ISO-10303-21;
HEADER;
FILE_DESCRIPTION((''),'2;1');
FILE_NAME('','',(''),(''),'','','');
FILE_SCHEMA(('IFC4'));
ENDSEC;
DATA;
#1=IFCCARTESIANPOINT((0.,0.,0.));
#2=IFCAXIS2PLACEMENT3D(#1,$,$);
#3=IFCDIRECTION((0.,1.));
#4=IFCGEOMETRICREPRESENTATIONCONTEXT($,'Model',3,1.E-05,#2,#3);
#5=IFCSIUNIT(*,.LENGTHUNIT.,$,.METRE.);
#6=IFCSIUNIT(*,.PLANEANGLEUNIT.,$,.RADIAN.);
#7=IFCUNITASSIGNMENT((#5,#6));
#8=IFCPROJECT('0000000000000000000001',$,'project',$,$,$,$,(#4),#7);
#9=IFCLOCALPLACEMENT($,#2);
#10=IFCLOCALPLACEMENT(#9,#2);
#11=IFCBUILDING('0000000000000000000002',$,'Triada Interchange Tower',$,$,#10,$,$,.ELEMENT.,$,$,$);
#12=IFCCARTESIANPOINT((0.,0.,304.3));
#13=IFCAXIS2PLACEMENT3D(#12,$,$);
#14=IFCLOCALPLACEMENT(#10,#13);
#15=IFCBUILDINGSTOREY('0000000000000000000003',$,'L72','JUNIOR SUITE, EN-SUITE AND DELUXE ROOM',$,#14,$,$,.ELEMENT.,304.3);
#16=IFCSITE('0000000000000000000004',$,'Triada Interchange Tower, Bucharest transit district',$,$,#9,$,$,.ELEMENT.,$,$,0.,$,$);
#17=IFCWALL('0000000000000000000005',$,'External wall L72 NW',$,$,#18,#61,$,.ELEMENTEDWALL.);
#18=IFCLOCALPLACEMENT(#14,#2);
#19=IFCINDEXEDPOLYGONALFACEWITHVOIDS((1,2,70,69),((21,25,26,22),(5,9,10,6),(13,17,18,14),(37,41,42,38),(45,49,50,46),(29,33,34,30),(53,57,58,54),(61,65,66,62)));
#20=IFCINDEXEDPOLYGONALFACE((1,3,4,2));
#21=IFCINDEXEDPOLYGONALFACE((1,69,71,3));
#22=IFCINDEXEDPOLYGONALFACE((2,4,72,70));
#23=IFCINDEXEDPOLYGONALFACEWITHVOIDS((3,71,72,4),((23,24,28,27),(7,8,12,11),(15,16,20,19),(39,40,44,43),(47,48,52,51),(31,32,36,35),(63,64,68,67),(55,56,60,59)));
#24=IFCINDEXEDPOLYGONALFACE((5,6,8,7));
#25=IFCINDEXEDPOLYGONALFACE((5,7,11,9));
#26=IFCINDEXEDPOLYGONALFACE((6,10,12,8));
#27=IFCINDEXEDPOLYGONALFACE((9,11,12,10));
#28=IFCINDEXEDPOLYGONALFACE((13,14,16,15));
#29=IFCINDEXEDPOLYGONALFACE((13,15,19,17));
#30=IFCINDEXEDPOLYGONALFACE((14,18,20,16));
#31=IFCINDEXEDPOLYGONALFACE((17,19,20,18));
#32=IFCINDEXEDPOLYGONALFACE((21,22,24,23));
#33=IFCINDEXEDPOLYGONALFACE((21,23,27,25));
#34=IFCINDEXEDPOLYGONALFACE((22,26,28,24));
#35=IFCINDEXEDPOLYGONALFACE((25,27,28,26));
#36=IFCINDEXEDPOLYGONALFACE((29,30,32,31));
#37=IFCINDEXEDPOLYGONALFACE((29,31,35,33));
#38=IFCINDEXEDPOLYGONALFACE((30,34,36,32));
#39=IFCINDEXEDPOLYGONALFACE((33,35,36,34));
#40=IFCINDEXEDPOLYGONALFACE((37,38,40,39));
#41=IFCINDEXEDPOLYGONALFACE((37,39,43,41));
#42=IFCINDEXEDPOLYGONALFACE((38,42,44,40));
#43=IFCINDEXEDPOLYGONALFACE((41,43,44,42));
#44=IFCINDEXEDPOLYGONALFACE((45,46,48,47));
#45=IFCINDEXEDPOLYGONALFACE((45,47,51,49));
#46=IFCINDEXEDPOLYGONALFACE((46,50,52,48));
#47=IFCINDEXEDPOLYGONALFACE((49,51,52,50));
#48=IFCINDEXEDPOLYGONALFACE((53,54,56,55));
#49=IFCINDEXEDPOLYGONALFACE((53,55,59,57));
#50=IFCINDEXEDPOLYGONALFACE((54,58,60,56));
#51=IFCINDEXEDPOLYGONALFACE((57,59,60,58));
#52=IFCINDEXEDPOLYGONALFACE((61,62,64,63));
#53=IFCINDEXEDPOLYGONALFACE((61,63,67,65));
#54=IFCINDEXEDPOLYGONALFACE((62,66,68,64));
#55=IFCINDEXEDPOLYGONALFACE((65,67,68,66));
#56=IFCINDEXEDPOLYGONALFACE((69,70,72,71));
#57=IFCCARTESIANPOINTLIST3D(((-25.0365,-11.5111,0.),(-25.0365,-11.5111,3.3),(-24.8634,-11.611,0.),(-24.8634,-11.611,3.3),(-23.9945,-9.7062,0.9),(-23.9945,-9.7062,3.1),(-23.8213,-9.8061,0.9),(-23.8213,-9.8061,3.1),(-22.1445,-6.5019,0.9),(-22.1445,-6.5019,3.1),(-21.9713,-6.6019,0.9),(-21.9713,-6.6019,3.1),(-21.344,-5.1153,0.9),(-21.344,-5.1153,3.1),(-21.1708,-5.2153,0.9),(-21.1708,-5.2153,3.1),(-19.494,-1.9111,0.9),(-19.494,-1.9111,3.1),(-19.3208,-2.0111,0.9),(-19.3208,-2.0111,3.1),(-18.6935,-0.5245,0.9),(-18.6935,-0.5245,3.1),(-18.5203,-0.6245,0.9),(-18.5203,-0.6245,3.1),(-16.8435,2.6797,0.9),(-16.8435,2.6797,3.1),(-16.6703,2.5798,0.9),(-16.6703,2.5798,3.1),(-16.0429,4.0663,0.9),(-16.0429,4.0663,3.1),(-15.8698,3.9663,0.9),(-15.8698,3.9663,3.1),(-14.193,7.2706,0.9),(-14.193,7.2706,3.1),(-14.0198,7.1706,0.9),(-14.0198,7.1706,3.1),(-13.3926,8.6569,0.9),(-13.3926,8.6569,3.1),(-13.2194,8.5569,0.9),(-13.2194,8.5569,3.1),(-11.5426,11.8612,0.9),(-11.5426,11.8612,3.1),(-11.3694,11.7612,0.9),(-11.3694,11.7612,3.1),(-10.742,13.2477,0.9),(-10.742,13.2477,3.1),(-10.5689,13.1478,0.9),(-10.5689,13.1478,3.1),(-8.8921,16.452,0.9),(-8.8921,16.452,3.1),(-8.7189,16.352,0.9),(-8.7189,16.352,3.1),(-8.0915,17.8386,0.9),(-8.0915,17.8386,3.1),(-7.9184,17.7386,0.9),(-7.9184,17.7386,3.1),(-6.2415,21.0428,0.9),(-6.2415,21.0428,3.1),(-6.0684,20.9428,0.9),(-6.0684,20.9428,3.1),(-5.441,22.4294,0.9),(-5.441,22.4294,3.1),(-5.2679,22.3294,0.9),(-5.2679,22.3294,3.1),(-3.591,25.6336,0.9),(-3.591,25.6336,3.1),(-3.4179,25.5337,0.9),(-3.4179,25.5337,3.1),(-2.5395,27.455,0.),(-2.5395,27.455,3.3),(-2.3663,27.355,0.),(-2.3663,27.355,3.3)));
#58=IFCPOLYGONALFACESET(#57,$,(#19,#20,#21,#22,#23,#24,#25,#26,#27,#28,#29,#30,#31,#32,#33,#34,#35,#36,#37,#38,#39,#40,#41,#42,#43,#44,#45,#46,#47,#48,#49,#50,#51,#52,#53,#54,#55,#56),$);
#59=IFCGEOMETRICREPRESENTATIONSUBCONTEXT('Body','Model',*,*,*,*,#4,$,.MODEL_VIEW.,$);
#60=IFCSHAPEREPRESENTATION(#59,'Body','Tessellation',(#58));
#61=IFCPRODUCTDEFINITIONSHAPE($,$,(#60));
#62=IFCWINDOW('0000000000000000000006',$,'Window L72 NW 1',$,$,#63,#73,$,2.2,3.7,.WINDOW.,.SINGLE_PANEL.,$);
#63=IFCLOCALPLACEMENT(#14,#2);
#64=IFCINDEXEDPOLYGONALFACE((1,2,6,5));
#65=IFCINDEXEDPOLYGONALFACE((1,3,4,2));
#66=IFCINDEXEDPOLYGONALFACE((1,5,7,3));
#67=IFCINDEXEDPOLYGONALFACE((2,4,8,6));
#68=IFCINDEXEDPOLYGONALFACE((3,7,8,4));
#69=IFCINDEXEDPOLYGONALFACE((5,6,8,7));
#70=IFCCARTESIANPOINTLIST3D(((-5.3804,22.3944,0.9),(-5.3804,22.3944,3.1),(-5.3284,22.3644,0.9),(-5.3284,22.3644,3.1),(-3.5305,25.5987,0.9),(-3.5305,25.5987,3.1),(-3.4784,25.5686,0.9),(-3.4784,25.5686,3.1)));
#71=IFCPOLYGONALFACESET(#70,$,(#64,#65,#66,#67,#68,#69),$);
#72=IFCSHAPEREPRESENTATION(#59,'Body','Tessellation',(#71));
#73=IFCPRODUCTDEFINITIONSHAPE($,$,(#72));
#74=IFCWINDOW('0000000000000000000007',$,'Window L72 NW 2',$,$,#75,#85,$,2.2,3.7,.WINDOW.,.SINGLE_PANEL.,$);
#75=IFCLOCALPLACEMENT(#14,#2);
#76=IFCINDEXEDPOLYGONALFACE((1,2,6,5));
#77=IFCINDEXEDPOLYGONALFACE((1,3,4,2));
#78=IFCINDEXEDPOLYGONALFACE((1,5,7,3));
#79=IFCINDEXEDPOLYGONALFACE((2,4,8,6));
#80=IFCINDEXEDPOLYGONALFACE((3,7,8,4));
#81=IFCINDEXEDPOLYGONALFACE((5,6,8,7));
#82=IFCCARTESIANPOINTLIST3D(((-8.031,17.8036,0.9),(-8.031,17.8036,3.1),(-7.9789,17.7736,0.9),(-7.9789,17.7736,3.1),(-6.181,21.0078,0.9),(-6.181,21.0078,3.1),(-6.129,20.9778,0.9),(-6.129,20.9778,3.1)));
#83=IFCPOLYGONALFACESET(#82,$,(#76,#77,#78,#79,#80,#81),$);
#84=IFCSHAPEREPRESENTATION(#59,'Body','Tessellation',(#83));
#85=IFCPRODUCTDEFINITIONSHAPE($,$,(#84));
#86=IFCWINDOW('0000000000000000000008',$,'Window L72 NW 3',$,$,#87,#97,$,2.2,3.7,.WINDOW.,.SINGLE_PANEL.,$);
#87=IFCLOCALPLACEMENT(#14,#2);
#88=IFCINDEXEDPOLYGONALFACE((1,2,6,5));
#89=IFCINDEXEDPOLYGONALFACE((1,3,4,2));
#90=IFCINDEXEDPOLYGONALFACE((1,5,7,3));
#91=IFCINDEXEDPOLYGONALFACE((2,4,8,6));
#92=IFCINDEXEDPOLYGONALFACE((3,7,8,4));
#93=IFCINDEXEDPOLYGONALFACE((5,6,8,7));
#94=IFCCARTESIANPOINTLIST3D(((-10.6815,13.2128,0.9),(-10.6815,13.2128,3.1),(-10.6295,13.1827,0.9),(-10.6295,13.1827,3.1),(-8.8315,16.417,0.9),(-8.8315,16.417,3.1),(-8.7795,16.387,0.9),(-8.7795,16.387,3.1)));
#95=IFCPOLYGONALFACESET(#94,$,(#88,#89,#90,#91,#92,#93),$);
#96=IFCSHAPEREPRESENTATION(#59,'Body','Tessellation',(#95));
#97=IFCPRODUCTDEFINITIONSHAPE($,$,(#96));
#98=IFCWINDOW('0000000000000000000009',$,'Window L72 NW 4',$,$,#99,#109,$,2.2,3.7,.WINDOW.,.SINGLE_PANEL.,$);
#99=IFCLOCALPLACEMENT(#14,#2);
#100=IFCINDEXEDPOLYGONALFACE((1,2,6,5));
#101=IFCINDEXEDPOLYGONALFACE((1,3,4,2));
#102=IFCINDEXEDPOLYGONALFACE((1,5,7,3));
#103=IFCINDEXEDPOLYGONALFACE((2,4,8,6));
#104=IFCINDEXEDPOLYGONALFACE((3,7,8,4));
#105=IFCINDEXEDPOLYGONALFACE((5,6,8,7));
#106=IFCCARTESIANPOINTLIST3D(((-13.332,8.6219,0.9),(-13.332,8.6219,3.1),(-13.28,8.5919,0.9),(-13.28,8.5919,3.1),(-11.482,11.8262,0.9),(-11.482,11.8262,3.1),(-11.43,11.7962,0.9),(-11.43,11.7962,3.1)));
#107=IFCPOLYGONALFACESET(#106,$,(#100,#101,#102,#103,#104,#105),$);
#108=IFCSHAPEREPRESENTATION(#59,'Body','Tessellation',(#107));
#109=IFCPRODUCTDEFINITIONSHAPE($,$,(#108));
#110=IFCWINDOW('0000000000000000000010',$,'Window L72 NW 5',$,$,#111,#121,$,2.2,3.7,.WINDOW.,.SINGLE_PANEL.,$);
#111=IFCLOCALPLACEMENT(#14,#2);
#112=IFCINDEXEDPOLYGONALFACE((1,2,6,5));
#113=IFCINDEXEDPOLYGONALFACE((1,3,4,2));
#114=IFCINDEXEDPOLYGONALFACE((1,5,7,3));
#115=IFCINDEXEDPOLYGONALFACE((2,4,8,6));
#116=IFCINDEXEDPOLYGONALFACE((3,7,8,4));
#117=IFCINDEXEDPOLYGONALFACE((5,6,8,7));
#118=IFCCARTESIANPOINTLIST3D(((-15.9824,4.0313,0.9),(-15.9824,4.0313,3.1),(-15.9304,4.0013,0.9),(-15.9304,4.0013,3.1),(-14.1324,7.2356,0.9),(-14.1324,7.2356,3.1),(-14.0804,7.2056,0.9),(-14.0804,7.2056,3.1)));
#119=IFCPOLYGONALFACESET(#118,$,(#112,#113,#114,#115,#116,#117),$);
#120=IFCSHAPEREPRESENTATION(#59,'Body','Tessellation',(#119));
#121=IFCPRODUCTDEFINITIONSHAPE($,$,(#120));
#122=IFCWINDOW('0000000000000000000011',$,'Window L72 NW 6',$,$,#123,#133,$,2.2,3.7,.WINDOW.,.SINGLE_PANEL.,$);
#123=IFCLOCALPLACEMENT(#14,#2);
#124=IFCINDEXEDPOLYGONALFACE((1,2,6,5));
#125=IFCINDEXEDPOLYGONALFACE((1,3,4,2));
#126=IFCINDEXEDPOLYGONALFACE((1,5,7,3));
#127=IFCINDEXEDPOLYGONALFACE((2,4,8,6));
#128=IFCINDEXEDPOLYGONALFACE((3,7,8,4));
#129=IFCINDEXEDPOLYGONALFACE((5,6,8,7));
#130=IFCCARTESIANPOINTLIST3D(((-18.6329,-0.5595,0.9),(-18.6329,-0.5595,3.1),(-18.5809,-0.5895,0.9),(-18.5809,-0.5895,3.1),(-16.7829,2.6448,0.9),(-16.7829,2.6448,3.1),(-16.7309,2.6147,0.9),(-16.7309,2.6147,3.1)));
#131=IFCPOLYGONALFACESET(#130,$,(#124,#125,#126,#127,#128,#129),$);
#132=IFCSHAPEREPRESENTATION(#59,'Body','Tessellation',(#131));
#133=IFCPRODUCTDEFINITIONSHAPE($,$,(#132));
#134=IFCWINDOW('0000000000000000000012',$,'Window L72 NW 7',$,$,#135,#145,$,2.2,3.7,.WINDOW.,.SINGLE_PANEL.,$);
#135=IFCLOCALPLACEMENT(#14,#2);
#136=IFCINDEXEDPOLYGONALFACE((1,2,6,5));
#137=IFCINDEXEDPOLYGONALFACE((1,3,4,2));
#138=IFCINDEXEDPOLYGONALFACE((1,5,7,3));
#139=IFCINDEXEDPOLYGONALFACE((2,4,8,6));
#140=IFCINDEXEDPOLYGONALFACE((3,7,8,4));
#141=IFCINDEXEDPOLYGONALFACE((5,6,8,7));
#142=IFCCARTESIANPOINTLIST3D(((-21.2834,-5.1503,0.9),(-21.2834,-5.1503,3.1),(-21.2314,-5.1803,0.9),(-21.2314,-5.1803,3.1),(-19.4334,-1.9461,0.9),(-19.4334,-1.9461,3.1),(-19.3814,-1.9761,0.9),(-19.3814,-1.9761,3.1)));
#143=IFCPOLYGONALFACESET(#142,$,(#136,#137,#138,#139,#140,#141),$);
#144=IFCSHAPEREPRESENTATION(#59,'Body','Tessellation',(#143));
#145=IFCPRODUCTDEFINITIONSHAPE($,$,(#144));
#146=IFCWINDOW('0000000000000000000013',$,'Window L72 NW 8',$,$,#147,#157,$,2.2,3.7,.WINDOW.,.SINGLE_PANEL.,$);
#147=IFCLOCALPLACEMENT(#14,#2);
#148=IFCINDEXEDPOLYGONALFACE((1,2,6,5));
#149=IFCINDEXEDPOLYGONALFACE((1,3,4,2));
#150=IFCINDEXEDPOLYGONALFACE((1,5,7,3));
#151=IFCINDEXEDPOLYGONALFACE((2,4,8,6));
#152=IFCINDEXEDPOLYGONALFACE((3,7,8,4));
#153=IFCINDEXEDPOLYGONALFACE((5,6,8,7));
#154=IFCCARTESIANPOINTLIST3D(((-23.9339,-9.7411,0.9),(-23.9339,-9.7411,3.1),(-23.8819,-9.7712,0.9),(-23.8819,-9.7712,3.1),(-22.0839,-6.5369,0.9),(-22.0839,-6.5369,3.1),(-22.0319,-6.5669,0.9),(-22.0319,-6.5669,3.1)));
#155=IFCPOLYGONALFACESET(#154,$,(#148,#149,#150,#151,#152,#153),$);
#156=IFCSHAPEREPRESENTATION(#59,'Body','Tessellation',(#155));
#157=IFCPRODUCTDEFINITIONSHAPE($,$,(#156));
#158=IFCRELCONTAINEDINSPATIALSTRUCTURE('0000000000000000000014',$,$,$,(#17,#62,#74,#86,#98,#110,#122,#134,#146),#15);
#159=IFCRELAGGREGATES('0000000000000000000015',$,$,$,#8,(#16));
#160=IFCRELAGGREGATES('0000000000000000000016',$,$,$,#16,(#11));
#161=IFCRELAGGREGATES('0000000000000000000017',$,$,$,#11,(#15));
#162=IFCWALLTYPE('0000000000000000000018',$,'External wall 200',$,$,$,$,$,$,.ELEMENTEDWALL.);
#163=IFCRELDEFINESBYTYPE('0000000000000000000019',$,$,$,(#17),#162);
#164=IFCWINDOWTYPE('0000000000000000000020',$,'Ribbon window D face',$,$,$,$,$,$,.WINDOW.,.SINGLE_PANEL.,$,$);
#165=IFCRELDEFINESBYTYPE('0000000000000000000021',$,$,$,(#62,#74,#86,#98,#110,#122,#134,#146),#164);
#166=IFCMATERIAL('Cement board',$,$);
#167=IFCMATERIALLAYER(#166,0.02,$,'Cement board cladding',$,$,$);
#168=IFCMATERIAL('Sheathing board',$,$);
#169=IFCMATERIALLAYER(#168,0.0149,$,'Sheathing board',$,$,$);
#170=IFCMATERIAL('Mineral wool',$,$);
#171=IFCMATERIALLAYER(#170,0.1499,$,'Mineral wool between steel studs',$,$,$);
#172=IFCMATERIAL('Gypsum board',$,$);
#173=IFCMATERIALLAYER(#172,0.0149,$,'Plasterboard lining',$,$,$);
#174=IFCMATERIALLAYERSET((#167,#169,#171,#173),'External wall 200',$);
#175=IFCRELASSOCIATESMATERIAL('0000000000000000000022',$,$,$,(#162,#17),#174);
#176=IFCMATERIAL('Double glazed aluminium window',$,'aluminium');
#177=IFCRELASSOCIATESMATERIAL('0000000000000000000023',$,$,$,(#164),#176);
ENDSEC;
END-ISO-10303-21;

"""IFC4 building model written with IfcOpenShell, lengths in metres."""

from ifc_helpers import new_model, si_unit, direction, frame, frame_2d, origin, place, context, subcontext, project, spatial, rectangle, extrude, material, layer, layer_set, layer_usage, type_object, element, fill, save


model = new_model("IFC4")

# Units and contexts
model_context = context("Model", 3, precision=1e-05, world=origin(), true_north=direction((0.0, 1.0)))
body_context = subcontext(model_context, "Body", "Model", "MODEL_VIEW")
ifc_project = project(units=[si_unit("LENGTHUNIT", "METRE"), si_unit("PLANEANGLEUNIT", "RADIAN")], contexts=[model_context])

# Site, building, storey
site_placement = place(None, origin())
site = spatial("IfcSite", under=ifc_project, at=site_placement, Name="Triada Interchange Tower, Bucharest transit district", CompositionType="ELEMENT", RefElevation=0.0)
building_placement = place(site_placement, origin())
building = spatial("IfcBuilding", under=site, at=building_placement, Name="Triada Interchange Tower", CompositionType="ELEMENT")
storey_placement = place(building_placement, frame((0.0, 0.0, 304.3)))
storey = spatial("IfcBuildingStorey", under=building, at=storey_placement, Name="L72", Description="JUNIOR SUITE, EN-SUITE AND DELUXE ROOM", CompositionType="ELEMENT", Elevation=304.3)

# Wall, openings, windows
ifc_material_1 = material(Name="Cement board")
ifc_layer_1 = layer(ifc_material_1, 0.02, Name="Cement board cladding")
ifc_material_2 = material(Name="Sheathing board")
ifc_layer_2 = layer(ifc_material_2, 0.0149, Name="Sheathing board")
ifc_material_3 = material(Name="Mineral wool")
ifc_layer_3 = layer(ifc_material_3, 0.1499, Name="Mineral wool between steel studs")
ifc_material_4 = material(Name="Gypsum board")
ifc_layer_4 = layer(ifc_material_4, 0.0149, Name="Plasterboard lining")
ifc_layer_set_1 = layer_set([ifc_layer_1, ifc_layer_2, ifc_layer_3, ifc_layer_4], Name="External wall 200")
ifc_layer_usage = layer_usage(ifc_layer_set_1, "AXIS2", "POSITIVE", -0.1001)
wall_type_1 = type_object("IfcWallType", Name="External wall 200", PredefinedType="ELEMENTEDWALL", material=ifc_layer_set_1)
wall_1_placement = place(storey_placement, frame((-2.4529, 27.405, 0.0), z_axis=(0.0, 0.0, 1.0), x_axis=(-0.5, -0.866025, 0.0)))
wall_1 = element("IfcWall", 1, at=wall_1_placement, inside=storey, type_object=wall_type_1, material=ifc_layer_usage, Name="External wall L72 NW", PredefinedType="ELEMENTEDWALL", context=body_context, shape_type="SweptSolid", body=[
    extrude(rectangle(XDim=44.9941, YDim=0.2, at=frame_2d((22.4971, 0.0))), origin(), (0.0, 0.0, 1.0), 3.3),
])
opening_1_placement = place(wall_1_placement, frame((2.103, 0.0, 0.8999)))
opening_1 = element("IfcOpeningElement", 2, at=opening_1_placement, cuts=wall_1, PredefinedType="OPENING", context=body_context, shape_type="SweptSolid", body=[
    extrude(rectangle(XDim=3.7, YDim=2.2, at=frame_2d((1.8501, 1.1001))), frame((0.0, 0.1099, 0.0), z_axis=(0.0, -1.0, 0.0), x_axis=(1.0, 0.0, 0.0)), (0.0, 0.0, 1.0), 0.22),
])
opening_2_placement = place(wall_1_placement, frame((7.4041, 0.0, 0.8999)))
opening_2 = element("IfcOpeningElement", 3, at=opening_2_placement, cuts=wall_1, PredefinedType="OPENING", context=body_context, shape_type="SweptSolid", body=[
    extrude(rectangle(XDim=3.7, YDim=2.2, at=frame_2d((1.8501, 1.1001))), frame((0.0, 0.1099, 0.0), z_axis=(0.0, -1.0, 0.0), x_axis=(1.0, 0.0, 0.0)), (0.0, 0.0, 1.0), 0.22),
])
opening_3_placement = place(wall_1_placement, frame((12.7051, 0.0, 0.8999)))
opening_3 = element("IfcOpeningElement", 4, at=opening_3_placement, cuts=wall_1, PredefinedType="OPENING", context=body_context, shape_type="SweptSolid", body=[
    extrude(rectangle(XDim=3.7, YDim=2.2, at=frame_2d((1.8501, 1.1001))), frame((0.0, 0.1099, 0.0), z_axis=(0.0, -1.0, 0.0), x_axis=(1.0, 0.0, 0.0)), (0.0, 0.0, 1.0), 0.22),
])
opening_4_placement = place(wall_1_placement, frame((18.0061, 0.0, 0.8999)))
opening_4 = element("IfcOpeningElement", 5, at=opening_4_placement, cuts=wall_1, PredefinedType="OPENING", context=body_context, shape_type="SweptSolid", body=[
    extrude(rectangle(XDim=3.7, YDim=2.2, at=frame_2d((1.8501, 1.1001))), frame((0.0, 0.1099, 0.0), z_axis=(0.0, -1.0, 0.0), x_axis=(1.0, 0.0, 0.0)), (0.0, 0.0, 1.0), 0.22),
])
opening_5_placement = place(wall_1_placement, frame((23.3069, 0.0, 0.8999)))
opening_5 = element("IfcOpeningElement", 6, at=opening_5_placement, cuts=wall_1, PredefinedType="OPENING", context=body_context, shape_type="SweptSolid", body=[
    extrude(rectangle(XDim=3.7, YDim=2.2, at=frame_2d((1.8501, 1.1001))), frame((0.0, 0.1099, 0.0), z_axis=(0.0, -1.0, 0.0), x_axis=(1.0, 0.0, 0.0)), (0.0, 0.0, 1.0), 0.22),
])
opening_6_placement = place(wall_1_placement, frame((28.6079, 0.0, 0.8999)))
opening_6 = element("IfcOpeningElement", 7, at=opening_6_placement, cuts=wall_1, PredefinedType="OPENING", context=body_context, shape_type="SweptSolid", body=[
    extrude(rectangle(XDim=3.7, YDim=2.2, at=frame_2d((1.8501, 1.1001))), frame((0.0, 0.1099, 0.0), z_axis=(0.0, -1.0, 0.0), x_axis=(1.0, 0.0, 0.0)), (0.0, 0.0, 1.0), 0.22),
])
opening_7_placement = place(wall_1_placement, frame((33.9089, 0.0, 0.8999)))
opening_7 = element("IfcOpeningElement", 8, at=opening_7_placement, cuts=wall_1, PredefinedType="OPENING", context=body_context, shape_type="SweptSolid", body=[
    extrude(rectangle(XDim=3.7, YDim=2.2, at=frame_2d((1.8501, 1.1001))), frame((0.0, 0.1099, 0.0), z_axis=(0.0, -1.0, 0.0), x_axis=(1.0, 0.0, 0.0)), (0.0, 0.0, 1.0), 0.22),
])
opening_8_placement = place(wall_1_placement, frame((39.21, 0.0, 0.8999)))
opening_8 = element("IfcOpeningElement", 9, at=opening_8_placement, cuts=wall_1, PredefinedType="OPENING", context=body_context, shape_type="SweptSolid", body=[
    extrude(rectangle(XDim=3.7, YDim=2.2, at=frame_2d((1.8501, 1.1001))), frame((0.0, 0.1099, 0.0), z_axis=(0.0, -1.0, 0.0), x_axis=(1.0, 0.0, 0.0)), (0.0, 0.0, 1.0), 0.22),
])
ifc_material_5 = material(Name="Double glazed aluminium window", Category="aluminium")
window_type = type_object("IfcWindowType", Name="Ribbon window D face", PartitioningType="SINGLE_PANEL", PredefinedType="WINDOW", material=ifc_material_5)
window_1_placement = place(opening_1_placement, origin())
window_1 = element("IfcWindow", 10, at=window_1_placement, inside=storey, type_object=window_type, Name="Window L72 NW 1", OverallHeight=2.2, OverallWidth=3.7, PartitioningType="SINGLE_PANEL", PredefinedType="WINDOW", context=body_context, shape_type="SweptSolid", body=[
    extrude(rectangle(XDim=3.7, YDim=2.2, at=frame_2d((1.8501, 1.1001))), frame((0.0, 0.03, 0.0), z_axis=(0.0, -1.0, 0.0), x_axis=(1.0, 0.0, 0.0)), (0.0, 0.0, 1.0), 0.0601),
])
fill(opening_1, window_1)
window_2_placement = place(opening_2_placement, origin())
window_2 = element("IfcWindow", 11, at=window_2_placement, inside=storey, type_object=window_type, Name="Window L72 NW 2", OverallHeight=2.2, OverallWidth=3.7, PartitioningType="SINGLE_PANEL", PredefinedType="WINDOW", context=body_context, shape_type="SweptSolid", body=[
    extrude(rectangle(XDim=3.7, YDim=2.2, at=frame_2d((1.8501, 1.1001))), frame((0.0, 0.03, 0.0), z_axis=(0.0, -1.0, 0.0), x_axis=(1.0, 0.0, 0.0)), (0.0, 0.0, 1.0), 0.0601),
])
fill(opening_2, window_2)
window_3_placement = place(opening_3_placement, origin())
window_3 = element("IfcWindow", 12, at=window_3_placement, inside=storey, type_object=window_type, Name="Window L72 NW 3", OverallHeight=2.2, OverallWidth=3.7, PartitioningType="SINGLE_PANEL", PredefinedType="WINDOW", context=body_context, shape_type="SweptSolid", body=[
    extrude(rectangle(XDim=3.7, YDim=2.2, at=frame_2d((1.8501, 1.1001))), frame((0.0, 0.03, 0.0), z_axis=(0.0, -1.0, 0.0), x_axis=(1.0, 0.0, 0.0)), (0.0, 0.0, 1.0), 0.0601),
])
fill(opening_3, window_3)
window_4_placement = place(opening_4_placement, origin())
window_4 = element("IfcWindow", 13, at=window_4_placement, inside=storey, type_object=window_type, Name="Window L72 NW 4", OverallHeight=2.2, OverallWidth=3.7, PartitioningType="SINGLE_PANEL", PredefinedType="WINDOW", context=body_context, shape_type="SweptSolid", body=[
    extrude(rectangle(XDim=3.7, YDim=2.2, at=frame_2d((1.8501, 1.1001))), frame((0.0, 0.03, 0.0), z_axis=(0.0, -1.0, 0.0), x_axis=(1.0, 0.0, 0.0)), (0.0, 0.0, 1.0), 0.0601),
])
fill(opening_4, window_4)
window_5_placement = place(opening_5_placement, origin())
window_5 = element("IfcWindow", 14, at=window_5_placement, inside=storey, type_object=window_type, Name="Window L72 NW 5", OverallHeight=2.2, OverallWidth=3.7, PartitioningType="SINGLE_PANEL", PredefinedType="WINDOW", context=body_context, shape_type="SweptSolid", body=[
    extrude(rectangle(XDim=3.7, YDim=2.2, at=frame_2d((1.8501, 1.1001))), frame((0.0, 0.03, 0.0), z_axis=(0.0, -1.0, 0.0), x_axis=(1.0, 0.0, 0.0)), (0.0, 0.0, 1.0), 0.0601),
])
fill(opening_5, window_5)
window_6_placement = place(opening_6_placement, origin())
window_6 = element("IfcWindow", 15, at=window_6_placement, inside=storey, type_object=window_type, Name="Window L72 NW 6", OverallHeight=2.2, OverallWidth=3.7, PartitioningType="SINGLE_PANEL", PredefinedType="WINDOW", context=body_context, shape_type="SweptSolid", body=[
    extrude(rectangle(XDim=3.7, YDim=2.2, at=frame_2d((1.8501, 1.1001))), frame((0.0, 0.03, 0.0), z_axis=(0.0, -1.0, 0.0), x_axis=(1.0, 0.0, 0.0)), (0.0, 0.0, 1.0), 0.0601),
])
fill(opening_6, window_6)
window_7_placement = place(opening_7_placement, origin())
window_7 = element("IfcWindow", 16, at=window_7_placement, inside=storey, type_object=window_type, Name="Window L72 NW 7", OverallHeight=2.2, OverallWidth=3.7, PartitioningType="SINGLE_PANEL", PredefinedType="WINDOW", context=body_context, shape_type="SweptSolid", body=[
    extrude(rectangle(XDim=3.7, YDim=2.2, at=frame_2d((1.8501, 1.1001))), frame((0.0, 0.03, 0.0), z_axis=(0.0, -1.0, 0.0), x_axis=(1.0, 0.0, 0.0)), (0.0, 0.0, 1.0), 0.0601),
])
fill(opening_7, window_7)
window_8_placement = place(opening_8_placement, origin())
window_8 = element("IfcWindow", 17, at=window_8_placement, inside=storey, type_object=window_type, Name="Window L72 NW 8", OverallHeight=2.2, OverallWidth=3.7, PartitioningType="SINGLE_PANEL", PredefinedType="WINDOW", context=body_context, shape_type="SweptSolid", body=[
    extrude(rectangle(XDim=3.7, YDim=2.2, at=frame_2d((1.8501, 1.1001))), frame((0.0, 0.03, 0.0), z_axis=(0.0, -1.0, 0.0), x_axis=(1.0, 0.0, 0.0)), (0.0, 0.0, 1.0), 0.0601),
])
fill(opening_8, window_8)

save(model, "model.ifc")
